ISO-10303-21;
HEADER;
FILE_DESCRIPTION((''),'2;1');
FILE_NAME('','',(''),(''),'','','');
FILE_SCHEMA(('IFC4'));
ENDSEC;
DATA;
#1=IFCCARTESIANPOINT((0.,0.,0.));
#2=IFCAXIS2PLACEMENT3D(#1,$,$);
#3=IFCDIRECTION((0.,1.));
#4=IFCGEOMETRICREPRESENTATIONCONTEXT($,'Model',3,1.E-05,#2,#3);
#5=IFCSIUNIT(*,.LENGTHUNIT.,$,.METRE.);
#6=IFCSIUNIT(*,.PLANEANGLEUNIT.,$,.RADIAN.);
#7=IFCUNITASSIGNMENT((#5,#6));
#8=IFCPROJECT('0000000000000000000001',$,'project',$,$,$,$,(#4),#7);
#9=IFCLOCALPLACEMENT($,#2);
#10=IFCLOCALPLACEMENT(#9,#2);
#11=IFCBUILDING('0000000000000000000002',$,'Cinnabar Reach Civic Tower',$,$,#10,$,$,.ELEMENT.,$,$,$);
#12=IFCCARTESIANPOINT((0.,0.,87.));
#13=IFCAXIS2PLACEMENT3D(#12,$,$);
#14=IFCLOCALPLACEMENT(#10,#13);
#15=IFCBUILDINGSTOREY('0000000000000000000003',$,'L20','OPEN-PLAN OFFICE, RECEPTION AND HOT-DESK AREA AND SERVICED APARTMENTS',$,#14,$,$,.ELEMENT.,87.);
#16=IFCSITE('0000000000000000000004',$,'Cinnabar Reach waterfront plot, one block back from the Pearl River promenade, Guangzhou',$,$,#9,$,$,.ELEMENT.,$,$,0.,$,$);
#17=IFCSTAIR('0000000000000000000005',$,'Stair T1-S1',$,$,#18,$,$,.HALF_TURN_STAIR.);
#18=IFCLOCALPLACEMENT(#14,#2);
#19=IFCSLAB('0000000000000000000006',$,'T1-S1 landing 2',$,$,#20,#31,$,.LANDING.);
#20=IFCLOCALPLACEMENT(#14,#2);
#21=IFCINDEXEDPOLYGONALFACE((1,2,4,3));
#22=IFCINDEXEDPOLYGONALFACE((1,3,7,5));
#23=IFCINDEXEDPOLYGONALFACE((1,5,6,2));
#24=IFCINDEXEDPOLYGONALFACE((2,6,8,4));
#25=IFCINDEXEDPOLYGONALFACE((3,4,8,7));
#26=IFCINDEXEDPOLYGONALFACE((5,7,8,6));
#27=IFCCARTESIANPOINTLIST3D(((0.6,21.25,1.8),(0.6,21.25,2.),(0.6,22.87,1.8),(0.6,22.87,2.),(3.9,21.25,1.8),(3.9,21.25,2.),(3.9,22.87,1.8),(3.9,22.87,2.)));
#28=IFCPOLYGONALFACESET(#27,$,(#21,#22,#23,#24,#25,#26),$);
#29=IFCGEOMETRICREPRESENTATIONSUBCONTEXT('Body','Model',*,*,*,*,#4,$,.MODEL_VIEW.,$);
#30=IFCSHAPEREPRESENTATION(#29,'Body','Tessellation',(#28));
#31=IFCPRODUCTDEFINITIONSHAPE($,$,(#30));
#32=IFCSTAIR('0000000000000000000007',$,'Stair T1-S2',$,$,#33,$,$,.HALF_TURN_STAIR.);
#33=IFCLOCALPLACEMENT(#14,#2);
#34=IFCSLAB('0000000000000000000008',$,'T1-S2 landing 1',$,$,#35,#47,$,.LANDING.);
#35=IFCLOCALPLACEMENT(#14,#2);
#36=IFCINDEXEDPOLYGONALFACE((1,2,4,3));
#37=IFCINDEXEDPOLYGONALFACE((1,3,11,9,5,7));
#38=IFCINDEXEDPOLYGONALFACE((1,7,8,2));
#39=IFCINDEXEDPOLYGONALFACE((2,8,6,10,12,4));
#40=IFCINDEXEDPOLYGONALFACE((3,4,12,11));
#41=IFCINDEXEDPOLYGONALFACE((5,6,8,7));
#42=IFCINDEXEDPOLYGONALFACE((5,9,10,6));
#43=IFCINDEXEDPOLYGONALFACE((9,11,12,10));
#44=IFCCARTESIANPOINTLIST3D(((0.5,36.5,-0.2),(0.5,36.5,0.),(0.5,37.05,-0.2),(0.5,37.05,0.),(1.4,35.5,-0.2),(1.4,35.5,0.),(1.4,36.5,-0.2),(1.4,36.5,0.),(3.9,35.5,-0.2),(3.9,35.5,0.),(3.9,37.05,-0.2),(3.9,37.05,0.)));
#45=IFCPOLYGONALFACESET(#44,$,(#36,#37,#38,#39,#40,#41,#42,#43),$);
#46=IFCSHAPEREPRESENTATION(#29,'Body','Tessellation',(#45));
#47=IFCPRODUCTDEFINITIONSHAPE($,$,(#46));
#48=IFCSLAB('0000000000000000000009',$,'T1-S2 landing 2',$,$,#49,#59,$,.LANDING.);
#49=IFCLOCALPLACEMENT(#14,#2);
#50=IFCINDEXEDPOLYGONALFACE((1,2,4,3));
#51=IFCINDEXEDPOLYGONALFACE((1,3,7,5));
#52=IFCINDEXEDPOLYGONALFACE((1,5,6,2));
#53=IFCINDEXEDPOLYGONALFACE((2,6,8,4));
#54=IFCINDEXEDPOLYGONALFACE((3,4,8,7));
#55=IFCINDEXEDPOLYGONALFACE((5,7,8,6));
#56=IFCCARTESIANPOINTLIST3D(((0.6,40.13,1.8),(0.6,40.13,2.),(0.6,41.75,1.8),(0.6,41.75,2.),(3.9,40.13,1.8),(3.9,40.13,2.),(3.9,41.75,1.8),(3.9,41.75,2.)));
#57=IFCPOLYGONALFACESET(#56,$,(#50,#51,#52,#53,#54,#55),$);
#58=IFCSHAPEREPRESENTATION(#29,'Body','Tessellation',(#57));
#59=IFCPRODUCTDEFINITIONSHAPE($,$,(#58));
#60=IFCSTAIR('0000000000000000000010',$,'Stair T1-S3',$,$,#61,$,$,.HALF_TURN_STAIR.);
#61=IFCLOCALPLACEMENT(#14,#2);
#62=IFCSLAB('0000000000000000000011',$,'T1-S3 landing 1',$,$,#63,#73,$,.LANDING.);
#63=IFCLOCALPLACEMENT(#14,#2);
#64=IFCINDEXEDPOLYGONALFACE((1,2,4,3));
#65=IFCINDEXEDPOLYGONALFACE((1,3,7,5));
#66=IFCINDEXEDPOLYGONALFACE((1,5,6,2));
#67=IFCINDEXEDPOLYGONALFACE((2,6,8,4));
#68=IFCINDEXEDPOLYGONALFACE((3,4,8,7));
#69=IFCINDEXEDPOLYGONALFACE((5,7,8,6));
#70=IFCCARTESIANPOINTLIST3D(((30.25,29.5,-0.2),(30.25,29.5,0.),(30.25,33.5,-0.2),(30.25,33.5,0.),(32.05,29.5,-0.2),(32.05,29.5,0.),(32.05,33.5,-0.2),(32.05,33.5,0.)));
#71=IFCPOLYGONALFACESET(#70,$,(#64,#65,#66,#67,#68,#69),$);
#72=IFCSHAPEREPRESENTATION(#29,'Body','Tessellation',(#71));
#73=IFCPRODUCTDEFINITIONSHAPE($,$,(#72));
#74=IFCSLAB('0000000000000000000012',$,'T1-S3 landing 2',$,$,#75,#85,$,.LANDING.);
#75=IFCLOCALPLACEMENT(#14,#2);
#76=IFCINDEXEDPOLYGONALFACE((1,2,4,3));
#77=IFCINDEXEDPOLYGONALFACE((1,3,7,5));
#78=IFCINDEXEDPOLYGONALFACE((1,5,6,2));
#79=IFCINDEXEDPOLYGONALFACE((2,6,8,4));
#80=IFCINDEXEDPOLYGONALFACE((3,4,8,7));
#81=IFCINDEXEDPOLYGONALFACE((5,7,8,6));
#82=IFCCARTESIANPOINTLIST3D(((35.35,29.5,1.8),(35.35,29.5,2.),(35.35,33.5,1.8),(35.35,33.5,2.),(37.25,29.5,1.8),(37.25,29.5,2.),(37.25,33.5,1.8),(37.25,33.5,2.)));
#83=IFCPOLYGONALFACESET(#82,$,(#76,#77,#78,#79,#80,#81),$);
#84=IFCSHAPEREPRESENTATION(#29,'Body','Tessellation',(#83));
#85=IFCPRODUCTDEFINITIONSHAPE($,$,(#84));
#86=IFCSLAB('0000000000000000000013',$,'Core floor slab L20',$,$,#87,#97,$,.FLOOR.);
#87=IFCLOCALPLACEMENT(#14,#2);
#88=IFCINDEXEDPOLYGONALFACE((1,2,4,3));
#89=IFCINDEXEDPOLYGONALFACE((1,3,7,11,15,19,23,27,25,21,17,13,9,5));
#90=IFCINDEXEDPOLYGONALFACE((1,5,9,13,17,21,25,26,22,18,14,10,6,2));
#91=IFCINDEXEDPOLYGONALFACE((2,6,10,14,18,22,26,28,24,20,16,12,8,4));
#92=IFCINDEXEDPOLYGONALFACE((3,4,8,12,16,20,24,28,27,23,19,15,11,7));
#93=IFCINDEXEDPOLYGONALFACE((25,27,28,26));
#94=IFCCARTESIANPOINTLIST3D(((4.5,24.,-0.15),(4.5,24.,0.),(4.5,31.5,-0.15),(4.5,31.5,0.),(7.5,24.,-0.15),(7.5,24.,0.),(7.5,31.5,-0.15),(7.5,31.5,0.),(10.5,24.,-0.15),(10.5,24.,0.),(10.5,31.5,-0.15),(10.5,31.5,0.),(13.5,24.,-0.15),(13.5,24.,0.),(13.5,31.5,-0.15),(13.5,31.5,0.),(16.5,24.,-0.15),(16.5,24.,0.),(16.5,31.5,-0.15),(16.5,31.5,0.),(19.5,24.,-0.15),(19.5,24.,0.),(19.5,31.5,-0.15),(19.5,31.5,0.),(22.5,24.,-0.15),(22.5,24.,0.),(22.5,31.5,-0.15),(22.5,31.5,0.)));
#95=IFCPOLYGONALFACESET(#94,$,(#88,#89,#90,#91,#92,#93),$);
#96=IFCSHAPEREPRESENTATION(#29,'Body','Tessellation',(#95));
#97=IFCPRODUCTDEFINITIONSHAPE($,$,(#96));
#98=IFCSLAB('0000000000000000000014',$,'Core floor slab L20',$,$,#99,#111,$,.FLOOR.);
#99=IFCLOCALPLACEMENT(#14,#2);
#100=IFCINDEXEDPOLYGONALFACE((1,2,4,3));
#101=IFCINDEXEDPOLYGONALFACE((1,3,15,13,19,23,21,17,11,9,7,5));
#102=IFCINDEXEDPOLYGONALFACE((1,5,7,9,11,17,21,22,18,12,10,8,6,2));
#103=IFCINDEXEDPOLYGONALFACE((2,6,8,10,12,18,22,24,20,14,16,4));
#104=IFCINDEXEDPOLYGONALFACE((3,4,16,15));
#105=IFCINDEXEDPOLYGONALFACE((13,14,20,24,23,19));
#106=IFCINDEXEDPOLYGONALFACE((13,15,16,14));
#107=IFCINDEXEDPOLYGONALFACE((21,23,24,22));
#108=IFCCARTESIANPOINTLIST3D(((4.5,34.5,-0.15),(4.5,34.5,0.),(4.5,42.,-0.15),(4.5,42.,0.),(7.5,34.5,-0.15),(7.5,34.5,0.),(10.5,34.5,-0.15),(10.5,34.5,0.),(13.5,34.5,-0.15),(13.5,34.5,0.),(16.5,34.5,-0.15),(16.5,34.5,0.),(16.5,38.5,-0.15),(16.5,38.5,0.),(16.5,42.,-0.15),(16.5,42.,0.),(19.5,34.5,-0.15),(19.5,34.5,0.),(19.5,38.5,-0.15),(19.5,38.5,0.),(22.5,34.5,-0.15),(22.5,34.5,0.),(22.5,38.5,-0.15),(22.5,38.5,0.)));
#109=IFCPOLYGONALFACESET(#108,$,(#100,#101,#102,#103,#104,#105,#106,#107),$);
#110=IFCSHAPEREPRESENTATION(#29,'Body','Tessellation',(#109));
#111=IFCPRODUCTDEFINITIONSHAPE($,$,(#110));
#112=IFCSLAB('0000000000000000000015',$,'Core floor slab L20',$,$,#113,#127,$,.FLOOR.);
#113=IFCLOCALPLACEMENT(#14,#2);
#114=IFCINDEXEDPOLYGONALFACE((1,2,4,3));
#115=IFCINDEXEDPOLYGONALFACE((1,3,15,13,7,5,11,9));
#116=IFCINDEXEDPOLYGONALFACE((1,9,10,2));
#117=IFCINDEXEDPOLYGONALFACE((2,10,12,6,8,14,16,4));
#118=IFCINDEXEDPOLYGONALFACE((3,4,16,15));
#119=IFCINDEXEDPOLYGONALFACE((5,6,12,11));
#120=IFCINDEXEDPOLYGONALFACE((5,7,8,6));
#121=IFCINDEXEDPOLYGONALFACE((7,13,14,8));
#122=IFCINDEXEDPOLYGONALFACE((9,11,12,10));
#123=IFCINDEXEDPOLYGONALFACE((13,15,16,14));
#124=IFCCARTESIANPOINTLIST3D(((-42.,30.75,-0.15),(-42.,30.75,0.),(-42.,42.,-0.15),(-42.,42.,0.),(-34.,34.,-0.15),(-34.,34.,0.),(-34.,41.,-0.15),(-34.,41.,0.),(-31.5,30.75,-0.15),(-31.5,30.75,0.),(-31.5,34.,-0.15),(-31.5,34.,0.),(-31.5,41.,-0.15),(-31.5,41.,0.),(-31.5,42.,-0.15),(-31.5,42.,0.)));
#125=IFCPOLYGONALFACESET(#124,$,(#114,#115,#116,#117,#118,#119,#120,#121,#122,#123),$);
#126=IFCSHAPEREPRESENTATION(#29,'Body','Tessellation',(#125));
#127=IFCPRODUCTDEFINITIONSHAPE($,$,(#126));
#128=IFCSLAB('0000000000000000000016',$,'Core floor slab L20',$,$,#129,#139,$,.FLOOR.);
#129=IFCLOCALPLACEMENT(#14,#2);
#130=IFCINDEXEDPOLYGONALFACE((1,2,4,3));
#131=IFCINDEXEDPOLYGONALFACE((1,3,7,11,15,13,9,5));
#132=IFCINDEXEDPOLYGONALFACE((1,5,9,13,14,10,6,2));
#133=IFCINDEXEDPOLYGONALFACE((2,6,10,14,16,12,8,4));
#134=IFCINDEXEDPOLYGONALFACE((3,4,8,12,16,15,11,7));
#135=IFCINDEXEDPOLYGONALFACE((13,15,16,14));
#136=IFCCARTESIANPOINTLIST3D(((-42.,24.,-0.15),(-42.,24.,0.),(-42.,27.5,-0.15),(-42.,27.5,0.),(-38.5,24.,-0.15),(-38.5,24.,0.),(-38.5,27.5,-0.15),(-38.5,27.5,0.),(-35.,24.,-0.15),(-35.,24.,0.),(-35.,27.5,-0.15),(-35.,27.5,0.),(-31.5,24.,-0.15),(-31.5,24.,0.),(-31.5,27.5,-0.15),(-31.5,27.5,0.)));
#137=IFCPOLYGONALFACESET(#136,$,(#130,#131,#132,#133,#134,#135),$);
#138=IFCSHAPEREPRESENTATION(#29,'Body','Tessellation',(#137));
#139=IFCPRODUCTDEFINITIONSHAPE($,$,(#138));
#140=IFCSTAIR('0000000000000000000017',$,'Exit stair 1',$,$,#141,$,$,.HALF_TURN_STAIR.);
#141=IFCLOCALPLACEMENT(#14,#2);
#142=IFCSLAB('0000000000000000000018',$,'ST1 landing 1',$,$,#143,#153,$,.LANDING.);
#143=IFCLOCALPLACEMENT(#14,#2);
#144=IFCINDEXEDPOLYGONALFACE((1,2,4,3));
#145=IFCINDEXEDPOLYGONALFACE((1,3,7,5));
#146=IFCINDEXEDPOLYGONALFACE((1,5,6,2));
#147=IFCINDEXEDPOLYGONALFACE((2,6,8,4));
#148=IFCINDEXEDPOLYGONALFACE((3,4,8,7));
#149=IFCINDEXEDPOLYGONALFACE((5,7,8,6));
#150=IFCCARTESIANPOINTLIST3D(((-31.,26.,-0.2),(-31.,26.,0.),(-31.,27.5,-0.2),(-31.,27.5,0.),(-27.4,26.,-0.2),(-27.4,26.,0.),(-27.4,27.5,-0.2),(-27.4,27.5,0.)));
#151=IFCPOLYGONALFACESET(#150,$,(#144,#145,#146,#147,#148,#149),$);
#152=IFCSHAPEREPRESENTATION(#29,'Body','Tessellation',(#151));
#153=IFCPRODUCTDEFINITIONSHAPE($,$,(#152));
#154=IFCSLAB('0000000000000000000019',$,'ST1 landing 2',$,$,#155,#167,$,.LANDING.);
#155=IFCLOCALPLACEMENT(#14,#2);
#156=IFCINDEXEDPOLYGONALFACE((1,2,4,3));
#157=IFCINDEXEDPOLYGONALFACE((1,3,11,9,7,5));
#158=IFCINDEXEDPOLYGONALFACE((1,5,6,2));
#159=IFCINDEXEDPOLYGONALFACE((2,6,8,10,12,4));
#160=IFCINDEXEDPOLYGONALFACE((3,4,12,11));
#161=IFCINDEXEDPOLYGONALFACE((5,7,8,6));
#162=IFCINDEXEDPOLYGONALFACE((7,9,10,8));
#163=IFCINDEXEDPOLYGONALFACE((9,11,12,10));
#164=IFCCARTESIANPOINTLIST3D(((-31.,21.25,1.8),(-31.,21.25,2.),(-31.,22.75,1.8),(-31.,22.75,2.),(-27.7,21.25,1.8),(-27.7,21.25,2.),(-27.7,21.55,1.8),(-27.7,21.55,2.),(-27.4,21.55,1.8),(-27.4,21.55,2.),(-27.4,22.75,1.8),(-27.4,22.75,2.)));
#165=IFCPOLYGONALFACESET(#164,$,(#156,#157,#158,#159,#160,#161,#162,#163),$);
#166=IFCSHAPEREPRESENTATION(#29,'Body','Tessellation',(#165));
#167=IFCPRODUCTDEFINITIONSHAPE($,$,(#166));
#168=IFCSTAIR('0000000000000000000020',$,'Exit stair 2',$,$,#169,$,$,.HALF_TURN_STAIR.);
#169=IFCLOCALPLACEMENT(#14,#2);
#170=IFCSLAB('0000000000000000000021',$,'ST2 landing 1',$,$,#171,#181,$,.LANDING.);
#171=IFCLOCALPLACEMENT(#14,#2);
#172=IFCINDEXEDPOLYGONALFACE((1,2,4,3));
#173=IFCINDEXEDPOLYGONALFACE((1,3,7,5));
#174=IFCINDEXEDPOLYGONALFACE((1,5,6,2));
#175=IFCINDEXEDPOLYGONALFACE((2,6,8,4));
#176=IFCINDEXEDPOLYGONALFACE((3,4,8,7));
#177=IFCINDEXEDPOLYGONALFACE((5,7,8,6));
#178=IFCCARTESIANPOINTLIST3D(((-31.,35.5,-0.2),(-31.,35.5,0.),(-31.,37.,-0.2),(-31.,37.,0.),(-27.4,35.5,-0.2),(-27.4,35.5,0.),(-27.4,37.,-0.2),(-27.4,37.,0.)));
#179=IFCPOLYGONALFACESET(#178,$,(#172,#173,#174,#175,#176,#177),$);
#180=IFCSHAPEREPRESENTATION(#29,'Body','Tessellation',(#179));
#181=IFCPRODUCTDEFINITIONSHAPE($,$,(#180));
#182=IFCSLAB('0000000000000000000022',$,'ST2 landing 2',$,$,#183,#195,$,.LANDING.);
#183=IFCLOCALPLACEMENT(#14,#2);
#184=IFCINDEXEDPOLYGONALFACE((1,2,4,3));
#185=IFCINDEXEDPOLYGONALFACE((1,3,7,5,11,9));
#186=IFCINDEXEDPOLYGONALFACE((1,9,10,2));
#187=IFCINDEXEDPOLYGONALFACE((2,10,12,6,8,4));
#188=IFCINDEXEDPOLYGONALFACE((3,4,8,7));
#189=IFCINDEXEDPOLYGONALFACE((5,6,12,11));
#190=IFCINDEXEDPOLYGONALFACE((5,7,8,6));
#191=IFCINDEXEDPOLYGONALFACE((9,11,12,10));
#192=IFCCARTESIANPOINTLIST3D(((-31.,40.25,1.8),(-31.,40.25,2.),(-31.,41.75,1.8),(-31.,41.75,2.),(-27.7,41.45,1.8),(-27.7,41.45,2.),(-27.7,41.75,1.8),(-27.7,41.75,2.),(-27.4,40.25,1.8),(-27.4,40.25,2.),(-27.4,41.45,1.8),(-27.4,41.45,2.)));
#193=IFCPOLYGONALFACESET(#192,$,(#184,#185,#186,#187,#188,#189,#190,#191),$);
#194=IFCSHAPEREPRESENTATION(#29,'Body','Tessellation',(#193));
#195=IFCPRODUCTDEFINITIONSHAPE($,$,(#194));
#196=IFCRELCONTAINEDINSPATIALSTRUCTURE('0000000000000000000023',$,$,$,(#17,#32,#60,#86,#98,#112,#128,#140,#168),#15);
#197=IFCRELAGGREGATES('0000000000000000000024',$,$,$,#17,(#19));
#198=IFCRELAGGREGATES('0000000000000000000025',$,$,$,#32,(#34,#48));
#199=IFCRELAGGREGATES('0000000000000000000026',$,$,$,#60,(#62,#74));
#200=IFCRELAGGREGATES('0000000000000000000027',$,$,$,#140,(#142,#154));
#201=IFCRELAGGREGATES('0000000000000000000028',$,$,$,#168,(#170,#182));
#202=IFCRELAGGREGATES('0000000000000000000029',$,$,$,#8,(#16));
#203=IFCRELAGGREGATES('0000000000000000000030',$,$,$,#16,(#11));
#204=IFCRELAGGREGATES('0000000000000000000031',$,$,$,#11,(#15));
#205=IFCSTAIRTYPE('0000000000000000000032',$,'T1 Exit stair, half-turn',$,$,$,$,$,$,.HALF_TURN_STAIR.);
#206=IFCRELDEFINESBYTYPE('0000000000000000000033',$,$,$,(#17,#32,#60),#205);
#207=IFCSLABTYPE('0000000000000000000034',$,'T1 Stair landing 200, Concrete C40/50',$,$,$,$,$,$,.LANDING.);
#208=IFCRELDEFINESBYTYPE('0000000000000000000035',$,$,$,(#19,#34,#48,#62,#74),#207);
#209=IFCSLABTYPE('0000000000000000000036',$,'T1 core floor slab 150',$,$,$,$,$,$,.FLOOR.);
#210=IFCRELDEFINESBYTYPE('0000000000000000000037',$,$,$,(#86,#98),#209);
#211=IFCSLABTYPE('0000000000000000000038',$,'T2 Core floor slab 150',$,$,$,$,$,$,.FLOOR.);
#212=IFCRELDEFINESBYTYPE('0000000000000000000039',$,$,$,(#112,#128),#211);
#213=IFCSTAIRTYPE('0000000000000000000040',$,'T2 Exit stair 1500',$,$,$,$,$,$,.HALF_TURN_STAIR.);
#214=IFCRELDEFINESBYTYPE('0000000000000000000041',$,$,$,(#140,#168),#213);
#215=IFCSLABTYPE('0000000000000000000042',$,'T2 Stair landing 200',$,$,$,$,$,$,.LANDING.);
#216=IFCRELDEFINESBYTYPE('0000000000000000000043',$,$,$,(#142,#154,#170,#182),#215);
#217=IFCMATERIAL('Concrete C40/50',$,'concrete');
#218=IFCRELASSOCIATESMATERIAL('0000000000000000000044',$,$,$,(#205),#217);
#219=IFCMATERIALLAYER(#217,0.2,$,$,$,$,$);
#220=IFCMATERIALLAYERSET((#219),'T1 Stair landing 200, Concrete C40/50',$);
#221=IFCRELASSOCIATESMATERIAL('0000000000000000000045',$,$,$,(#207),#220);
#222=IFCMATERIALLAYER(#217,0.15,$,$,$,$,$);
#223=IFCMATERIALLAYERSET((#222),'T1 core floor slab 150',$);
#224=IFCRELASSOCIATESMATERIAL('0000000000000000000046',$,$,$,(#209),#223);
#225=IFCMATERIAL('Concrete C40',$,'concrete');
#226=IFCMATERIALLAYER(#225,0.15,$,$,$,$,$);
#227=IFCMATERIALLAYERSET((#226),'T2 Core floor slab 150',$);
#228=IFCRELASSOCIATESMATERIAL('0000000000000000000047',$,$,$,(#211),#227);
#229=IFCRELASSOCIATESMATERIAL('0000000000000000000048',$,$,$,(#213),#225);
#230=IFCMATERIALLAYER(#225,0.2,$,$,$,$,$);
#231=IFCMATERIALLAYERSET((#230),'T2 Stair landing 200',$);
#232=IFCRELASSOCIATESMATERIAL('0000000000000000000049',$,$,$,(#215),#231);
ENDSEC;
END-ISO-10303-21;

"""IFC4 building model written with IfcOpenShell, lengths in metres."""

from ifc_helpers import new_model, si_unit, direction, frame, origin, place, context, subcontext, project, spatial, polyline, outline, extrude, material, layer, layer_set, type_object, element, aggregate, save


model = new_model("IFC4")

# Units and contexts
model_context = context("Model", 3, precision=1e-05, world=origin(), true_north=direction((0.0, 1.0)))
body_context = subcontext(model_context, "Body", "Model", "MODEL_VIEW")
ifc_project = project(units=[si_unit("LENGTHUNIT", "METRE"), si_unit("PLANEANGLEUNIT", "RADIAN")], contexts=[model_context])

# Site, building, storey
site_placement = place(None, origin())
site = spatial("IfcSite", under=ifc_project, at=site_placement, Name="Cinnabar Reach waterfront plot, one block back from the Pearl River promenade, Guangzhou", CompositionType="ELEMENT", RefElevation=0.0)
building_placement = place(site_placement, origin())
building = spatial("IfcBuilding", under=site, at=building_placement, Name="Cinnabar Reach Civic Tower", CompositionType="ELEMENT")
storey_placement = place(building_placement, frame((0.0, 0.0, 87.0)))
storey = spatial("IfcBuildingStorey", under=building, at=storey_placement, Name="L20", Description="OPEN-PLAN OFFICE, RECEPTION AND HOT-DESK AREA AND SERVICED APARTMENTS", CompositionType="ELEMENT", Elevation=87.0)

# Shared definitions
ifc_material_1 = material(Name="Concrete C40", Category="concrete")

# Stairs, slabs
ifc_material_2 = material(Name="Concrete C40/50", Category="concrete")
stair_type_1 = type_object("IfcStairType", Name="T1 Exit stair, half-turn", PredefinedType="HALF_TURN_STAIR", material=ifc_material_2)
stair_1_placement = place(storey_placement, origin())
stair_1 = element("IfcStair", 1, at=stair_1_placement, inside=storey, type_object=stair_type_1, Name="Stair T1-S1", PredefinedType="HALF_TURN_STAIR")
ifc_layer_1 = layer(ifc_material_2, 0.2)
ifc_layer_set_1 = layer_set([ifc_layer_1], Name="T1 Stair landing 200, Concrete C40/50")
slab_type_1 = type_object("IfcSlabType", Name="T1 Stair landing 200, Concrete C40/50", PredefinedType="LANDING", material=ifc_layer_set_1)
slab_1_placement = place(storey_placement, frame((0.0, 0.0, 1.8)))
slab_1 = element("IfcSlab", 2, at=slab_1_placement, type_object=slab_type_1, Name="T1-S1 landing 2", PredefinedType="LANDING", context=body_context, shape_type="SweptSolid", body=[
    extrude(outline(polyline([(0.6, 21.25), (0.6, 22.87), (3.9, 22.87), (3.9, 21.25), (0.6, 21.25)])), origin(), (0.0, 0.0, 1.0), 0.2),
])
aggregate(stair_1, [slab_1])
stair_2_placement = place(storey_placement, origin())
stair_2 = element("IfcStair", 3, at=stair_2_placement, inside=storey, type_object=stair_type_1, Name="Stair T1-S2", PredefinedType="HALF_TURN_STAIR")
slab_2_placement = place(storey_placement, frame((0.0, 0.0, -0.2)))
slab_2 = element("IfcSlab", 4, at=slab_2_placement, type_object=slab_type_1, Name="T1-S2 landing 1", PredefinedType="LANDING", context=body_context, shape_type="SweptSolid", body=[
    extrude(outline(polyline([(0.5, 37.05), (3.9, 37.05), (3.9, 35.5), (1.4, 35.5), (1.4, 36.5), (0.5, 36.5), (0.5, 37.05)])), origin(), (0.0, 0.0, 1.0), 0.2),
])
slab_3_placement = place(storey_placement, frame((0.0, 0.0, 1.8)))
slab_3 = element("IfcSlab", 5, at=slab_3_placement, type_object=slab_type_1, Name="T1-S2 landing 2", PredefinedType="LANDING", context=body_context, shape_type="SweptSolid", body=[
    extrude(outline(polyline([(0.6, 40.13), (0.6, 41.75), (3.9, 41.75), (3.9, 40.13), (0.6, 40.13)])), origin(), (0.0, 0.0, 1.0), 0.2),
])
aggregate(stair_2, [slab_2, slab_3])
stair_3_placement = place(storey_placement, origin())
stair_3 = element("IfcStair", 6, at=stair_3_placement, inside=storey, type_object=stair_type_1, Name="Stair T1-S3", PredefinedType="HALF_TURN_STAIR")
slab_4_placement = place(storey_placement, frame((0.0, 0.0, -0.2)))
slab_4 = element("IfcSlab", 7, at=slab_4_placement, type_object=slab_type_1, Name="T1-S3 landing 1", PredefinedType="LANDING", context=body_context, shape_type="SweptSolid", body=[
    extrude(outline(polyline([(30.25, 29.5), (32.05, 29.5), (32.05, 33.5), (30.25, 33.5), (30.25, 29.5)])), origin(), (0.0, 0.0, 1.0), 0.2),
])
slab_5_placement = place(storey_placement, frame((0.0, 0.0, 1.8)))
slab_5 = element("IfcSlab", 8, at=slab_5_placement, type_object=slab_type_1, Name="T1-S3 landing 2", PredefinedType="LANDING", context=body_context, shape_type="SweptSolid", body=[
    extrude(outline(polyline([(35.35, 29.5), (37.25, 29.5), (37.25, 33.5), (35.35, 33.5), (35.35, 29.5)])), origin(), (0.0, 0.0, 1.0), 0.2),
])
aggregate(stair_3, [slab_4, slab_5])

# Slabs
ifc_layer_2 = layer(ifc_material_2, 0.15)
ifc_layer_set_2 = layer_set([ifc_layer_2], Name="T1 core floor slab 150")
slab_type_2 = type_object("IfcSlabType", Name="T1 core floor slab 150", PredefinedType="FLOOR", material=ifc_layer_set_2)
slab_6_placement = place(storey_placement, frame((0.0, 0.0, -0.15)))
element("IfcSlab", 9, at=slab_6_placement, inside=storey, type_object=slab_type_2, Name="Core floor slab L20", PredefinedType="FLOOR", context=body_context, shape_type="SweptSolid", body=[
    extrude(outline(polyline([(22.5, 24.0), (19.5, 24.0), (16.5, 24.0), (13.5, 24.0), (10.5, 24.0), (7.5, 24.0), (4.5, 24.0), (4.5, 31.5), (7.5, 31.5), (10.5, 31.5), (13.5, 31.5), (16.5, 31.5), (19.5, 31.5), (22.5, 31.5), (22.5, 24.0)])), origin(), (0.0, 0.0, 1.0), 0.15),
])
slab_7_placement = place(storey_placement, frame((0.0, 0.0, -0.15)))
element("IfcSlab", 10, at=slab_7_placement, inside=storey, type_object=slab_type_2, Name="Core floor slab L20", PredefinedType="FLOOR", context=body_context, shape_type="SweptSolid", body=[
    extrude(outline(polyline([(22.5, 34.5), (19.5, 34.5), (16.5, 34.5), (13.5, 34.5), (10.5, 34.5), (7.5, 34.5), (4.5, 34.5), (4.5, 42.0), (16.5, 42.0), (16.5, 38.5), (19.5, 38.5), (22.5, 38.5), (22.5, 34.5)])), origin(), (0.0, 0.0, 1.0), 0.15),
])
ifc_layer_3 = layer(ifc_material_1, 0.15)
ifc_layer_set_3 = layer_set([ifc_layer_3], Name="T2 Core floor slab 150")
slab_type_3 = type_object("IfcSlabType", Name="T2 Core floor slab 150", PredefinedType="FLOOR", material=ifc_layer_set_3)
slab_8_placement = place(storey_placement, frame((0.0, 0.0, -0.15)))
element("IfcSlab", 11, at=slab_8_placement, inside=storey, type_object=slab_type_3, Name="Core floor slab L20", PredefinedType="FLOOR", context=body_context, shape_type="SweptSolid", body=[
    extrude(outline(polyline([(-42.0, 42.0), (-31.5, 42.0), (-31.5, 41.0), (-34.0, 41.0), (-34.0, 34.0), (-31.5, 34.0), (-31.5, 30.75), (-42.0, 30.75), (-42.0, 42.0)])), origin(), (0.0, 0.0, 1.0), 0.15),
])
slab_9_placement = place(storey_placement, frame((0.0, 0.0, -0.15)))
element("IfcSlab", 12, at=slab_9_placement, inside=storey, type_object=slab_type_3, Name="Core floor slab L20", PredefinedType="FLOOR", context=body_context, shape_type="SweptSolid", body=[
    extrude(outline(polyline([(-35.0, 24.0), (-38.5, 24.0), (-42.0, 24.0), (-42.0, 27.5), (-38.5, 27.5), (-35.0, 27.5), (-31.5, 27.5), (-31.5, 24.0), (-35.0, 24.0)])), origin(), (0.0, 0.0, 1.0), 0.15),
])

# Stairs, slabs
stair_type_2 = type_object("IfcStairType", Name="T2 Exit stair 1500", PredefinedType="HALF_TURN_STAIR", material=ifc_material_1)
stair_4_placement = place(storey_placement, origin())
stair_4 = element("IfcStair", 13, at=stair_4_placement, inside=storey, type_object=stair_type_2, Name="Exit stair 1", PredefinedType="HALF_TURN_STAIR")
ifc_layer_4 = layer(ifc_material_1, 0.2)
ifc_layer_set_4 = layer_set([ifc_layer_4], Name="T2 Stair landing 200")
slab_type_4 = type_object("IfcSlabType", Name="T2 Stair landing 200", PredefinedType="LANDING", material=ifc_layer_set_4)
slab_10_placement = place(storey_placement, frame((0.0, 0.0, -0.2)))
slab_10 = element("IfcSlab", 14, at=slab_10_placement, type_object=slab_type_4, Name="ST1 landing 1", PredefinedType="LANDING", context=body_context, shape_type="SweptSolid", body=[
    extrude(outline(polyline([(-31.0, 26.0), (-31.0, 27.5), (-27.4, 27.5), (-27.4, 26.0), (-31.0, 26.0)])), origin(), (0.0, 0.0, 1.0), 0.2),
])
slab_11_placement = place(storey_placement, frame((0.0, 0.0, 1.8)))
slab_11 = element("IfcSlab", 15, at=slab_11_placement, type_object=slab_type_4, Name="ST1 landing 2", PredefinedType="LANDING", context=body_context, shape_type="SweptSolid", body=[
    extrude(outline(polyline([(-31.0, 21.25), (-31.0, 22.75), (-27.4, 22.75), (-27.4, 21.55), (-27.7, 21.55), (-27.7, 21.25), (-31.0, 21.25)])), origin(), (0.0, 0.0, 1.0), 0.2),
])
aggregate(stair_4, [slab_10, slab_11])
stair_5_placement = place(storey_placement, origin())
stair_5 = element("IfcStair", 16, at=stair_5_placement, inside=storey, type_object=stair_type_2, Name="Exit stair 2", PredefinedType="HALF_TURN_STAIR")
slab_12_placement = place(storey_placement, frame((0.0, 0.0, -0.2)))
slab_12 = element("IfcSlab", 17, at=slab_12_placement, type_object=slab_type_4, Name="ST2 landing 1", PredefinedType="LANDING", context=body_context, shape_type="SweptSolid", body=[
    extrude(outline(polyline([(-31.0, 35.5), (-31.0, 37.0), (-27.4, 37.0), (-27.4, 35.5), (-31.0, 35.5)])), origin(), (0.0, 0.0, 1.0), 0.2),
])
slab_13_placement = place(storey_placement, frame((0.0, 0.0, 1.8)))
slab_13 = element("IfcSlab", 18, at=slab_13_placement, type_object=slab_type_4, Name="ST2 landing 2", PredefinedType="LANDING", context=body_context, shape_type="SweptSolid", body=[
    extrude(outline(polyline([(-27.4, 40.25), (-31.0, 40.25), (-31.0, 41.75), (-27.7, 41.75), (-27.7, 41.45), (-27.4, 41.45), (-27.4, 40.25)])), origin(), (0.0, 0.0, 1.0), 0.2),
])
aggregate(stair_5, [slab_12, slab_13])

save(model, "model.ifc")
